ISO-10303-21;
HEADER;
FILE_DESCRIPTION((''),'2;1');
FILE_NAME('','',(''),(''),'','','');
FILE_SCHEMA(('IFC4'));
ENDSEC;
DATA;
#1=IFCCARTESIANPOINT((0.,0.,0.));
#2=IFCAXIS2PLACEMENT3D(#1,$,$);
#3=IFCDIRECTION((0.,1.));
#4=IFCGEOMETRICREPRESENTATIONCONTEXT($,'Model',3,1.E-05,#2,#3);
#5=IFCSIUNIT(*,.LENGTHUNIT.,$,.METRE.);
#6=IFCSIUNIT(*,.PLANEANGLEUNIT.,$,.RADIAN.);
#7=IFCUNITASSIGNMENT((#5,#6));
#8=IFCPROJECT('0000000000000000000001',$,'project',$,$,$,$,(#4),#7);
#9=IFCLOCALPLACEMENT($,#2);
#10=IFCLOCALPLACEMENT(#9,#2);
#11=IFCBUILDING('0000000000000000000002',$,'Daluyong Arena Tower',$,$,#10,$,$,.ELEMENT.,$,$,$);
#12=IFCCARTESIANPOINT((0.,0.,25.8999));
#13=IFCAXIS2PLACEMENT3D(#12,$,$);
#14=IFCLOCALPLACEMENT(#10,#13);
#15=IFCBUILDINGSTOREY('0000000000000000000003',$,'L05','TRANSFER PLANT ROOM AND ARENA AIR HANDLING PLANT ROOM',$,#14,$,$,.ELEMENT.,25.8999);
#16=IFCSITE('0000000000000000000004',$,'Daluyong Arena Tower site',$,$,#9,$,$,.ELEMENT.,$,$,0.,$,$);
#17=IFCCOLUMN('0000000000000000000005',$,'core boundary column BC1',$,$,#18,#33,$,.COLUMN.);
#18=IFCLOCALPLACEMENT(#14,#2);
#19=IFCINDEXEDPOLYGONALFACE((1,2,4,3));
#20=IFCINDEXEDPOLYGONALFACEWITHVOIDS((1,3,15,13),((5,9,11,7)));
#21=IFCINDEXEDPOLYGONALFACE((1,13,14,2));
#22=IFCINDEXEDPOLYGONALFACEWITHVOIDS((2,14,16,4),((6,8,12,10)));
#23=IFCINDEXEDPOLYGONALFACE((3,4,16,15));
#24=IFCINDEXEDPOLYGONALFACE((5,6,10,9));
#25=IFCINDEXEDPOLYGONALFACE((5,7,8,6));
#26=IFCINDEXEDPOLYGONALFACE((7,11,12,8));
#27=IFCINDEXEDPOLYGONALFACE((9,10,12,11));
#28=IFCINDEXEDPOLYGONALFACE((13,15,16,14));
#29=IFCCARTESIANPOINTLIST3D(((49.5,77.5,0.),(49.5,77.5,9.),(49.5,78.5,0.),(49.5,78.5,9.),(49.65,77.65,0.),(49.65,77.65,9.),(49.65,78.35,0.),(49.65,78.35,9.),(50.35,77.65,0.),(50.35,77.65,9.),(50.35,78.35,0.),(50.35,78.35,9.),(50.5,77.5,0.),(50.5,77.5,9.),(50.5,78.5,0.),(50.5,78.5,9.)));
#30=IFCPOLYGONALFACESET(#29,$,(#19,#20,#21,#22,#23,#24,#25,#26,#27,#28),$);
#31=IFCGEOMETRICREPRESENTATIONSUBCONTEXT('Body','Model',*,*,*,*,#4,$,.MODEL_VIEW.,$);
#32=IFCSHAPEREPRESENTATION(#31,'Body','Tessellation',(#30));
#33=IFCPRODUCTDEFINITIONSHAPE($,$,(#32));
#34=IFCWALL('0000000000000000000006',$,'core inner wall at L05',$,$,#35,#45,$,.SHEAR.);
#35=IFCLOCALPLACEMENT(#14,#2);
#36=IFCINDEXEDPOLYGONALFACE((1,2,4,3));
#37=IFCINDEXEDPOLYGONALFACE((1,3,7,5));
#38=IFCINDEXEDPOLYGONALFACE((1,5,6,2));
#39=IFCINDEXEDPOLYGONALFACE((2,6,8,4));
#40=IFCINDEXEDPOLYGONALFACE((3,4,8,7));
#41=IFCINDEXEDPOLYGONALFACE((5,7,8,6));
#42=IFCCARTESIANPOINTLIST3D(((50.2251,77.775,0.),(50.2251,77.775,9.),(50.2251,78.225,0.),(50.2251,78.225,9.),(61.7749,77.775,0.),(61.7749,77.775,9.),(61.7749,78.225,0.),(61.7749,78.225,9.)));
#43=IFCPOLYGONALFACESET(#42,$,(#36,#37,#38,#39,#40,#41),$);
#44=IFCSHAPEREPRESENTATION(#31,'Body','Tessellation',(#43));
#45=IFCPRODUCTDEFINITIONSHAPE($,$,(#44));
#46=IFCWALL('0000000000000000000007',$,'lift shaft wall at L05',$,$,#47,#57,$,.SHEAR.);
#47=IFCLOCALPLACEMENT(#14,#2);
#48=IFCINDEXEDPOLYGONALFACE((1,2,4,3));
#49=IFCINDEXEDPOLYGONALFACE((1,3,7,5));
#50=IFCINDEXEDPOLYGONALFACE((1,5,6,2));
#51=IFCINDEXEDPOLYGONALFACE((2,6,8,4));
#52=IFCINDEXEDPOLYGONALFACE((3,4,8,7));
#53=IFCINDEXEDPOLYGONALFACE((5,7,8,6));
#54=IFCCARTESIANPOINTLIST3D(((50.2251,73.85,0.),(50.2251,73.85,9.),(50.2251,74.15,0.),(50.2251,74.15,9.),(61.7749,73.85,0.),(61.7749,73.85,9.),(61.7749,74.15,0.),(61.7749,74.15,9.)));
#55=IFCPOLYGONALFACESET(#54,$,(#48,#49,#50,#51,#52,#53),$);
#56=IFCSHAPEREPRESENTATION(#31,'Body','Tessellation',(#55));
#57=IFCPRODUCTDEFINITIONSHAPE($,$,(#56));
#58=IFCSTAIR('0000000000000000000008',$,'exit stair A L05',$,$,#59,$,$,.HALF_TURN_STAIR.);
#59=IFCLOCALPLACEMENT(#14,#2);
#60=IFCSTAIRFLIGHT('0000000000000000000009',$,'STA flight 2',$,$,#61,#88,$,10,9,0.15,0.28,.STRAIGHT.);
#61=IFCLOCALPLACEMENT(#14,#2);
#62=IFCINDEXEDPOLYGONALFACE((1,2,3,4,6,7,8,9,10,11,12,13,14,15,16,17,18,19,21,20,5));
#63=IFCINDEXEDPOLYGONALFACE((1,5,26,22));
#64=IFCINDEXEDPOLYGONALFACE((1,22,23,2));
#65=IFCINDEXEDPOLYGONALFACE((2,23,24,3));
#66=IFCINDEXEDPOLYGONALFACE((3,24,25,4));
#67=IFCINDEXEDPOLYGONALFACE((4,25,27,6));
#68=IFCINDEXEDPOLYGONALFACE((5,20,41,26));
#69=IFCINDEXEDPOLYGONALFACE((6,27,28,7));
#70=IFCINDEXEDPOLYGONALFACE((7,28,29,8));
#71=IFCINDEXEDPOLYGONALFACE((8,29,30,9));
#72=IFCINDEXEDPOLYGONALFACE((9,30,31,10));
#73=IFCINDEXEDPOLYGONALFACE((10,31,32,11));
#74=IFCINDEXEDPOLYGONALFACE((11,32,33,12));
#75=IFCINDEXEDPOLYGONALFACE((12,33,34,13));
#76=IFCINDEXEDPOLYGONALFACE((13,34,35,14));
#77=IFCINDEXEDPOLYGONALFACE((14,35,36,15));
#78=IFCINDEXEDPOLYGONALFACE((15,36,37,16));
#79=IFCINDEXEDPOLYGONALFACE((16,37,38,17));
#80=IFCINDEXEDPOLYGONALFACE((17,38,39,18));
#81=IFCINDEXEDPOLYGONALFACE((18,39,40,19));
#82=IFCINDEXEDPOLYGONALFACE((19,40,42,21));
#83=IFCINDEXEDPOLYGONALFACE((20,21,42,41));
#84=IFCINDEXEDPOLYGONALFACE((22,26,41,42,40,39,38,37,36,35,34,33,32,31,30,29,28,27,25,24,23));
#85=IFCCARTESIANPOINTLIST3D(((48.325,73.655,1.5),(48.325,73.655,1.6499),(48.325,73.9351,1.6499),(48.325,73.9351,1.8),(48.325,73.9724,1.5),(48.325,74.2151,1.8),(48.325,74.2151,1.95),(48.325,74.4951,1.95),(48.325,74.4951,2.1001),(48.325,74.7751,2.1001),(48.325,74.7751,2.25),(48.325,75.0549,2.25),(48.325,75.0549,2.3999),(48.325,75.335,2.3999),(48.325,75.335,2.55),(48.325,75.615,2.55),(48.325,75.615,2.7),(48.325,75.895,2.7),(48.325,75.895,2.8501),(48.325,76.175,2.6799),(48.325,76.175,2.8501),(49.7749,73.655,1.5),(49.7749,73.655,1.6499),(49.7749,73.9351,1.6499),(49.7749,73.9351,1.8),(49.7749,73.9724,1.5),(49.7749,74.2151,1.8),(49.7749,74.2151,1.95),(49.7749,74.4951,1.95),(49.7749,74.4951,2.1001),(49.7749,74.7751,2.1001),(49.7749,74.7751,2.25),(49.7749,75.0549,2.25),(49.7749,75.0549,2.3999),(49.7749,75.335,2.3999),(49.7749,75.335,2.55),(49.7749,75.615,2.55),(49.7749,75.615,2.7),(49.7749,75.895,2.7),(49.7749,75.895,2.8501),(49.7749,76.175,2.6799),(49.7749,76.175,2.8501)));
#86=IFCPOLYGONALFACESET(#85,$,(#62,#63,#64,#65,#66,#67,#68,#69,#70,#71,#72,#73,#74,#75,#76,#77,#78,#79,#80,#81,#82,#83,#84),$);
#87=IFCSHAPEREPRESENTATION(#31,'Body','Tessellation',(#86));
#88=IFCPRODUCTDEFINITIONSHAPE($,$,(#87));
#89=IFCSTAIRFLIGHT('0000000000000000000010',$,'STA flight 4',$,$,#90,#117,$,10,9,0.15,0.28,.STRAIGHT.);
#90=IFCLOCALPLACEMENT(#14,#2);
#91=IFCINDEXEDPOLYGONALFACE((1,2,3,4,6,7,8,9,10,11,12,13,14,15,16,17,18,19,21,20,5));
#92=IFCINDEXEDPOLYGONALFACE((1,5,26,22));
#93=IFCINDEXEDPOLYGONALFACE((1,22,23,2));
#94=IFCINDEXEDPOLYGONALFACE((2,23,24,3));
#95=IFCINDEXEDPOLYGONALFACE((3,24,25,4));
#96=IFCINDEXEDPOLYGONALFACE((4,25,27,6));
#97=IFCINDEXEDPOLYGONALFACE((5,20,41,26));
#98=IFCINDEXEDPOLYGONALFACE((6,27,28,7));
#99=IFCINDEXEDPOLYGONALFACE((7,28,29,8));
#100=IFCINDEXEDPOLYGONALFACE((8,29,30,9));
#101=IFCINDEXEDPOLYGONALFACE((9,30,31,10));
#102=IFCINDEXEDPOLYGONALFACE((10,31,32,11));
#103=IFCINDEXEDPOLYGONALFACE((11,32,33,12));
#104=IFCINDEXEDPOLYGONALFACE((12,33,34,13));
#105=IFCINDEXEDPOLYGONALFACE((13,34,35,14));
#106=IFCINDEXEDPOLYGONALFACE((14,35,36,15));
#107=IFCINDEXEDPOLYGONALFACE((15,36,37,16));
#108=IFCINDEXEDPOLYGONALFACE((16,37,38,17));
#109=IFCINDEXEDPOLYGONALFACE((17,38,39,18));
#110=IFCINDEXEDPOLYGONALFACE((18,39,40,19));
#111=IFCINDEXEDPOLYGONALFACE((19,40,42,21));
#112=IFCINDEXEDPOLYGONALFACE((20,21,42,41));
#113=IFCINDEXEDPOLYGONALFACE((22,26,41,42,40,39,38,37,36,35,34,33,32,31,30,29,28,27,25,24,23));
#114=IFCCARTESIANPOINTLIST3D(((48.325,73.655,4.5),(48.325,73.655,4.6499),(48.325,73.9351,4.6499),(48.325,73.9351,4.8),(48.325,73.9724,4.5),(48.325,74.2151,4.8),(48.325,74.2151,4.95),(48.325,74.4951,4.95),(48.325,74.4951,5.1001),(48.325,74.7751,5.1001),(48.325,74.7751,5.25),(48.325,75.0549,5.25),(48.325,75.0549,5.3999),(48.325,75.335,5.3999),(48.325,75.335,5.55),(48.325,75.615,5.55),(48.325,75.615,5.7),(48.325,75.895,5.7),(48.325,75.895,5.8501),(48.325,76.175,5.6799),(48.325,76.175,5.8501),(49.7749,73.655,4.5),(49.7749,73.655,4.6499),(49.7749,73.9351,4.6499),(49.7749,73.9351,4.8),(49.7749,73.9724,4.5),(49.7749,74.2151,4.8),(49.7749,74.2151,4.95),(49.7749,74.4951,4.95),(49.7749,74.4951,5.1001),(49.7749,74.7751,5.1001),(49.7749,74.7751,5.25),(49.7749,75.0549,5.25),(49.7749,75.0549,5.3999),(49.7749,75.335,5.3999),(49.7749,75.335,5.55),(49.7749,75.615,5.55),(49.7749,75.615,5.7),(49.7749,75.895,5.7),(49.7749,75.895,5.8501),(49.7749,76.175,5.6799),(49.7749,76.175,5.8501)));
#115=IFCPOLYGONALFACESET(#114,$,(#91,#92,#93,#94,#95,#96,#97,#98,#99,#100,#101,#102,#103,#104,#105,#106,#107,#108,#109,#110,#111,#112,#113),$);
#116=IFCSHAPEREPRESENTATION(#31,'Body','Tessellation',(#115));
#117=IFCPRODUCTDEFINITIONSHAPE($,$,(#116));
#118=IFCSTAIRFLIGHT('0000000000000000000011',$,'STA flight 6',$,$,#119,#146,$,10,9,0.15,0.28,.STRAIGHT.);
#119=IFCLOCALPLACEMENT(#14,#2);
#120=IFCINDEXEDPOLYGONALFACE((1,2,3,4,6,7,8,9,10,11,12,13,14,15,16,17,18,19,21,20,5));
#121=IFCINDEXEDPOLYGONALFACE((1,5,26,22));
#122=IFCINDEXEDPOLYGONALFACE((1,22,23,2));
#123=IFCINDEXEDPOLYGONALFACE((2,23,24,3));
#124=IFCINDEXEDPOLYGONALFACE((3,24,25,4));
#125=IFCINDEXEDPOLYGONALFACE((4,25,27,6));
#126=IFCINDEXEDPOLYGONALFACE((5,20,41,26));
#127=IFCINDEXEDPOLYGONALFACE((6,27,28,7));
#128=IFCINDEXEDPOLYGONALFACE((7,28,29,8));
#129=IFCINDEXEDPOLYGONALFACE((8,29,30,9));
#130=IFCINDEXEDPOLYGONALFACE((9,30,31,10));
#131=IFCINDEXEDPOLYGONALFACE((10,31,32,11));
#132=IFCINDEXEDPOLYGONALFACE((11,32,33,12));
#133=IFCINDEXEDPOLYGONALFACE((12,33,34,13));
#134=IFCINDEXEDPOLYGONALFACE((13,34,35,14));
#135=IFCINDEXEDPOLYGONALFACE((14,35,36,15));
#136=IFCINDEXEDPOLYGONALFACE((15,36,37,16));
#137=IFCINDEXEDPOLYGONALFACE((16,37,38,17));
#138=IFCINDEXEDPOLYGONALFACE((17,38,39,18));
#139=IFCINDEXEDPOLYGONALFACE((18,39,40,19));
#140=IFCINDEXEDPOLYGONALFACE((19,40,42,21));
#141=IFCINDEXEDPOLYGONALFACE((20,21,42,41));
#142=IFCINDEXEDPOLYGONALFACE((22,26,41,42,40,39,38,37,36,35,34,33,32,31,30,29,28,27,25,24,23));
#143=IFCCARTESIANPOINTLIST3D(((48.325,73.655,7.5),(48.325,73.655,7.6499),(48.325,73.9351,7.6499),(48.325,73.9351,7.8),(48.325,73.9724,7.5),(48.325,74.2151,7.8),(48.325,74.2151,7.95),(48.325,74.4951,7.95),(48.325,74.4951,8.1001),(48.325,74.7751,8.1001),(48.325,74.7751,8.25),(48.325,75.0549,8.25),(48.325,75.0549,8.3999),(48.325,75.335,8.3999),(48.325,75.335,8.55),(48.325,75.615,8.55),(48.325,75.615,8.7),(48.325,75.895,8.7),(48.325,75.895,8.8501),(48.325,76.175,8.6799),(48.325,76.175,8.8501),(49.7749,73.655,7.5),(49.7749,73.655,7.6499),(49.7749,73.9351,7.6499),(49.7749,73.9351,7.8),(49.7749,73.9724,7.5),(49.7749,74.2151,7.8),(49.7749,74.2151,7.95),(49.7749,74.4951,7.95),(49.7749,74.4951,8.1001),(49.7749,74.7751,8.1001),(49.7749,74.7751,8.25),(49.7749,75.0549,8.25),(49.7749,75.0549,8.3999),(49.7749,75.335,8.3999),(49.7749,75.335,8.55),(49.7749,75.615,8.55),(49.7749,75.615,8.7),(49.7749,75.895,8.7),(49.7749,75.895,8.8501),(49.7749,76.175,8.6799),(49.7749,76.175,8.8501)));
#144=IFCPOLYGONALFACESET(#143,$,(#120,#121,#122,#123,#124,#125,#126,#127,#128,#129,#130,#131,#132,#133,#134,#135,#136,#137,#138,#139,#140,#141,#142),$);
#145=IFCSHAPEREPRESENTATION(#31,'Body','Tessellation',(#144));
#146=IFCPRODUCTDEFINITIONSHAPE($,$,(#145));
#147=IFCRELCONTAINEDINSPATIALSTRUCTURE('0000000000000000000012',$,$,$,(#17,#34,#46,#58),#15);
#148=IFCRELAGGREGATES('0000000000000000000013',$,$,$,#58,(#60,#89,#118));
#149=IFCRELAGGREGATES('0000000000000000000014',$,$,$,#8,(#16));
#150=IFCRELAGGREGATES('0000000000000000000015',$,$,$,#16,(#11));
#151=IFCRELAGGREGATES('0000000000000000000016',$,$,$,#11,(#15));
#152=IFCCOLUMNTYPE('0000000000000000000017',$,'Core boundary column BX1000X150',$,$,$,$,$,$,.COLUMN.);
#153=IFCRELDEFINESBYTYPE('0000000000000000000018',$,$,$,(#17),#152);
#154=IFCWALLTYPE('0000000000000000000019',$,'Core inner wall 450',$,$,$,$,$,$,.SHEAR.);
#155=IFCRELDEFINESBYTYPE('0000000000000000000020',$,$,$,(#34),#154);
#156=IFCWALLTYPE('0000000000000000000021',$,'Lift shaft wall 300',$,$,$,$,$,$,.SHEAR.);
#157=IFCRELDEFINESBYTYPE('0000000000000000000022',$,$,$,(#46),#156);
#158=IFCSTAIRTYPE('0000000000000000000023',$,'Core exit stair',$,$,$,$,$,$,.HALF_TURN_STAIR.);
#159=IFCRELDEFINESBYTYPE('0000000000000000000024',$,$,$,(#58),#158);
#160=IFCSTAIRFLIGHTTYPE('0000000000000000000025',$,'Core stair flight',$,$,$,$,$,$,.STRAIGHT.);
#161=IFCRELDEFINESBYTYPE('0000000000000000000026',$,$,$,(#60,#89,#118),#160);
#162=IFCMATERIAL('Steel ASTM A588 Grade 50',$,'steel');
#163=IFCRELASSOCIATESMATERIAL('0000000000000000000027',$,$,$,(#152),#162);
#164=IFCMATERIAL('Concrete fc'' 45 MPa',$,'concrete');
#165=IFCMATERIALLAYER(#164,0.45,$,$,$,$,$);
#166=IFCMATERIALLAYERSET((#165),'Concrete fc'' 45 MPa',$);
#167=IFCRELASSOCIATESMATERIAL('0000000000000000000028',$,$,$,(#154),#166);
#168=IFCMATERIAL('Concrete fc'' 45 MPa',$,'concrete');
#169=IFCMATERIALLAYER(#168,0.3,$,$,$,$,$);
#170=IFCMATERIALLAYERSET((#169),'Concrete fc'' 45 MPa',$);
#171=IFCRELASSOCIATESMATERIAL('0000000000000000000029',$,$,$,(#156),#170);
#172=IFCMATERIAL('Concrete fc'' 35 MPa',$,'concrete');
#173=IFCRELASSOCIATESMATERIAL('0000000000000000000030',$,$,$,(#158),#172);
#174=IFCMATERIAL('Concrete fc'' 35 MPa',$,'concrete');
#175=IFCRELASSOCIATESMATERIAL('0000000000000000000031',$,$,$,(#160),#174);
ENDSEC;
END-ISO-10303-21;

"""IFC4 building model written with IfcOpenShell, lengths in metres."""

from ifc_helpers import new_model, si_unit, direction, frame, frame_2d, origin, origin_2d, place, context, subcontext, project, spatial, polyline, rectangle, hollow_rectangle, outline, extrude, material, layer, layer_set, material_profile, profile_set, type_object, element, aggregate, save


model = new_model("IFC4")

# Units and contexts
model_context = context("Model", 3, precision=1e-05, world=origin(), true_north=direction((0.0, 1.0)))
body_context = subcontext(model_context, "Body", "Model", "MODEL_VIEW")
ifc_project = project(units=[si_unit("LENGTHUNIT", "METRE"), si_unit("PLANEANGLEUNIT", "RADIAN")], contexts=[model_context])

# Site, building, storey
site_placement = place(None, origin())
site = spatial("IfcSite", under=ifc_project, at=site_placement, Name="Daluyong Arena Tower site", CompositionType="ELEMENT", RefElevation=0.0)
building_placement = place(site_placement, origin())
building = spatial("IfcBuilding", under=site, at=building_placement, Name="Daluyong Arena Tower", CompositionType="ELEMENT")
storey_placement = place(building_placement, frame((0.0, 0.0, 25.8999)))
storey = spatial("IfcBuildingStorey", under=building, at=storey_placement, Name="L05", Description="TRANSFER PLANT ROOM AND ARENA AIR HANDLING PLANT ROOM", CompositionType="ELEMENT", Elevation=25.8999)

# Column
ifc_material_1 = material(Name="Steel ASTM A588 Grade 50", Category="steel")
ifc_material_profile = material_profile(ifc_material_1, hollow_rectangle(XDim=1.0, YDim=1.0, WallThickness=0.15, at=origin_2d()))
ifc_profile_set = profile_set([ifc_material_profile], Name="Steel ASTM A588 Grade 50")
column_type = type_object("IfcColumnType", Name="Core boundary column BX1000X150", PredefinedType="COLUMN", material=ifc_profile_set)
column_placement = place(storey_placement, frame((50.0, 78.0, 0.0), z_axis=(0.0, 0.0, 1.0), x_axis=(1.0, 0.0, 0.0)))
element("IfcColumn", 1, at=column_placement, inside=storey, type_object=column_type, Name="core boundary column BC1", PredefinedType="COLUMN", context=body_context, shape_type="SweptSolid", body=[
    extrude(hollow_rectangle(XDim=1.0, YDim=1.0, WallThickness=0.15, at=origin_2d()), origin(), (0.0, 0.0, 1.0), 9.0),
])

# Walls
ifc_material_2 = material(Name="Concrete fc' 45 MPa", Category="concrete")
ifc_layer_1 = layer(ifc_material_2, 0.45)
ifc_layer_set_1 = layer_set([ifc_layer_1], Name="Concrete fc' 45 MPa")
wall_type_1 = type_object("IfcWallType", Name="Core inner wall 450", PredefinedType="SHEAR", material=ifc_layer_set_1)
wall_1_placement = place(storey_placement, frame((50.2251, 78.0, 0.0), z_axis=(0.0, 0.0, 1.0), x_axis=(1.0, 0.0, 0.0)))
element("IfcWall", 2, at=wall_1_placement, inside=storey, type_object=wall_type_1, Name="core inner wall at L05", PredefinedType="SHEAR", context=body_context, shape_type="SweptSolid", body=[
    extrude(rectangle(XDim=11.5498, YDim=0.45, at=frame_2d((5.7749, 0.0))), origin(), (0.0, 0.0, 1.0), 9.0),
])
ifc_material_3 = material(Name="Concrete fc' 45 MPa", Category="concrete")
ifc_layer_2 = layer(ifc_material_3, 0.3)
ifc_layer_set_2 = layer_set([ifc_layer_2], Name="Concrete fc' 45 MPa")
wall_type_2 = type_object("IfcWallType", Name="Lift shaft wall 300", PredefinedType="SHEAR", material=ifc_layer_set_2)
wall_2_placement = place(storey_placement, frame((50.2251, 74.0, 0.0), z_axis=(0.0, 0.0, 1.0), x_axis=(1.0, 0.0, 0.0)))
element("IfcWall", 3, at=wall_2_placement, inside=storey, type_object=wall_type_2, Name="lift shaft wall at L05", PredefinedType="SHEAR", context=body_context, shape_type="SweptSolid", body=[
    extrude(rectangle(XDim=11.5498, YDim=0.3, at=frame_2d((5.7749, 0.0))), origin(), (0.0, 0.0, 1.0), 9.0),
])

# Stair, stair flights
ifc_material_4 = material(Name="Concrete fc' 35 MPa", Category="concrete")
stair_type = type_object("IfcStairType", Name="Core exit stair", PredefinedType="HALF_TURN_STAIR", material=ifc_material_4)
stair_placement = place(storey_placement, origin())
stair = element("IfcStair", 4, at=stair_placement, inside=storey, type_object=stair_type, Name="exit stair A L05", PredefinedType="HALF_TURN_STAIR")
ifc_material_5 = material(Name="Concrete fc' 35 MPa", Category="concrete")
stair_flight_type = type_object("IfcStairFlightType", Name="Core stair flight", PredefinedType="STRAIGHT", material=ifc_material_5)
stair_flight_1_placement = place(storey_placement, frame((49.05, 73.655, 1.5), z_axis=(0.0, 0.0, 1.0), x_axis=(0.0, 1.0, 0.0)))
stair_flight_1 = element("IfcStairFlight", 5, at=stair_flight_1_placement, type_object=stair_flight_type, Name="STA flight 2", NumberOfRisers=10, NumberOfTreads=9, PredefinedType="STRAIGHT", RiserHeight=0.15, TreadLength=0.28, context=body_context, shape_type="SweptSolid", body=[
    extrude(outline(polyline([(0.0, 0.0), (0.0, 0.1499), (0.28, 0.1499), (0.28, 0.3), (0.5601, 0.3), (0.5601, 0.45), (0.8401, 0.45), (0.8401, 0.6001), (1.1201, 0.6001), (1.1201, 0.75), (1.3999, 0.75), (1.3999, 0.8999), (1.6799, 0.8999), (1.6799, 1.05), (1.96, 1.05), (1.96, 1.2), (2.24, 1.2), (2.24, 1.3501), (2.52, 1.3501), (2.52, 1.5), (2.52, 1.1799), (0.3174, 0.0), (0.0, 0.0)])), frame((0.0, 0.7251, 0.0), z_axis=(0.0, -1.0, 0.0), x_axis=(1.0, 0.0, 0.0)), (0.0, 0.0, 1.0), 1.45),
])
stair_flight_2_placement = place(storey_placement, frame((49.05, 73.655, 4.5), z_axis=(0.0, 0.0, 1.0), x_axis=(0.0, 1.0, 0.0)))
stair_flight_2 = element("IfcStairFlight", 6, at=stair_flight_2_placement, type_object=stair_flight_type, Name="STA flight 4", NumberOfRisers=10, NumberOfTreads=9, PredefinedType="STRAIGHT", RiserHeight=0.15, TreadLength=0.28, context=body_context, shape_type="SweptSolid", body=[
    extrude(outline(polyline([(0.0, 0.0), (0.0, 0.1499), (0.28, 0.1499), (0.28, 0.3), (0.5601, 0.3), (0.5601, 0.45), (0.8401, 0.45), (0.8401, 0.6001), (1.1201, 0.6001), (1.1201, 0.75), (1.3999, 0.75), (1.3999, 0.8999), (1.6799, 0.8999), (1.6799, 1.05), (1.96, 1.05), (1.96, 1.2), (2.24, 1.2), (2.24, 1.3501), (2.52, 1.3501), (2.52, 1.5), (2.52, 1.1799), (0.3174, 0.0), (0.0, 0.0)])), frame((0.0, 0.7251, 0.0), z_axis=(0.0, -1.0, 0.0), x_axis=(1.0, 0.0, 0.0)), (0.0, 0.0, 1.0), 1.45),
])
stair_flight_3_placement = place(storey_placement, frame((49.05, 73.655, 7.5), z_axis=(0.0, 0.0, 1.0), x_axis=(0.0, 1.0, 0.0)))
stair_flight_3 = element("IfcStairFlight", 7, at=stair_flight_3_placement, type_object=stair_flight_type, Name="STA flight 6", NumberOfRisers=10, NumberOfTreads=9, PredefinedType="STRAIGHT", RiserHeight=0.15, TreadLength=0.28, context=body_context, shape_type="SweptSolid", body=[
    extrude(outline(polyline([(0.0, 0.0), (0.0, 0.1499), (0.28, 0.1499), (0.28, 0.3), (0.5601, 0.3), (0.5601, 0.45), (0.8401, 0.45), (0.8401, 0.6001), (1.1201, 0.6001), (1.1201, 0.75), (1.3999, 0.75), (1.3999, 0.8999), (1.6799, 0.8999), (1.6799, 1.05), (1.96, 1.05), (1.96, 1.2), (2.24, 1.2), (2.24, 1.3501), (2.52, 1.3501), (2.52, 1.5), (2.52, 1.1799), (0.3174, 0.0), (0.0, 0.0)])), frame((0.0, 0.7251, 0.0), z_axis=(0.0, -1.0, 0.0), x_axis=(1.0, 0.0, 0.0)), (0.0, 0.0, 1.0), 1.45),
])
aggregate(stair, [stair_flight_1, stair_flight_2, stair_flight_3])

save(model, "model.ifc")
